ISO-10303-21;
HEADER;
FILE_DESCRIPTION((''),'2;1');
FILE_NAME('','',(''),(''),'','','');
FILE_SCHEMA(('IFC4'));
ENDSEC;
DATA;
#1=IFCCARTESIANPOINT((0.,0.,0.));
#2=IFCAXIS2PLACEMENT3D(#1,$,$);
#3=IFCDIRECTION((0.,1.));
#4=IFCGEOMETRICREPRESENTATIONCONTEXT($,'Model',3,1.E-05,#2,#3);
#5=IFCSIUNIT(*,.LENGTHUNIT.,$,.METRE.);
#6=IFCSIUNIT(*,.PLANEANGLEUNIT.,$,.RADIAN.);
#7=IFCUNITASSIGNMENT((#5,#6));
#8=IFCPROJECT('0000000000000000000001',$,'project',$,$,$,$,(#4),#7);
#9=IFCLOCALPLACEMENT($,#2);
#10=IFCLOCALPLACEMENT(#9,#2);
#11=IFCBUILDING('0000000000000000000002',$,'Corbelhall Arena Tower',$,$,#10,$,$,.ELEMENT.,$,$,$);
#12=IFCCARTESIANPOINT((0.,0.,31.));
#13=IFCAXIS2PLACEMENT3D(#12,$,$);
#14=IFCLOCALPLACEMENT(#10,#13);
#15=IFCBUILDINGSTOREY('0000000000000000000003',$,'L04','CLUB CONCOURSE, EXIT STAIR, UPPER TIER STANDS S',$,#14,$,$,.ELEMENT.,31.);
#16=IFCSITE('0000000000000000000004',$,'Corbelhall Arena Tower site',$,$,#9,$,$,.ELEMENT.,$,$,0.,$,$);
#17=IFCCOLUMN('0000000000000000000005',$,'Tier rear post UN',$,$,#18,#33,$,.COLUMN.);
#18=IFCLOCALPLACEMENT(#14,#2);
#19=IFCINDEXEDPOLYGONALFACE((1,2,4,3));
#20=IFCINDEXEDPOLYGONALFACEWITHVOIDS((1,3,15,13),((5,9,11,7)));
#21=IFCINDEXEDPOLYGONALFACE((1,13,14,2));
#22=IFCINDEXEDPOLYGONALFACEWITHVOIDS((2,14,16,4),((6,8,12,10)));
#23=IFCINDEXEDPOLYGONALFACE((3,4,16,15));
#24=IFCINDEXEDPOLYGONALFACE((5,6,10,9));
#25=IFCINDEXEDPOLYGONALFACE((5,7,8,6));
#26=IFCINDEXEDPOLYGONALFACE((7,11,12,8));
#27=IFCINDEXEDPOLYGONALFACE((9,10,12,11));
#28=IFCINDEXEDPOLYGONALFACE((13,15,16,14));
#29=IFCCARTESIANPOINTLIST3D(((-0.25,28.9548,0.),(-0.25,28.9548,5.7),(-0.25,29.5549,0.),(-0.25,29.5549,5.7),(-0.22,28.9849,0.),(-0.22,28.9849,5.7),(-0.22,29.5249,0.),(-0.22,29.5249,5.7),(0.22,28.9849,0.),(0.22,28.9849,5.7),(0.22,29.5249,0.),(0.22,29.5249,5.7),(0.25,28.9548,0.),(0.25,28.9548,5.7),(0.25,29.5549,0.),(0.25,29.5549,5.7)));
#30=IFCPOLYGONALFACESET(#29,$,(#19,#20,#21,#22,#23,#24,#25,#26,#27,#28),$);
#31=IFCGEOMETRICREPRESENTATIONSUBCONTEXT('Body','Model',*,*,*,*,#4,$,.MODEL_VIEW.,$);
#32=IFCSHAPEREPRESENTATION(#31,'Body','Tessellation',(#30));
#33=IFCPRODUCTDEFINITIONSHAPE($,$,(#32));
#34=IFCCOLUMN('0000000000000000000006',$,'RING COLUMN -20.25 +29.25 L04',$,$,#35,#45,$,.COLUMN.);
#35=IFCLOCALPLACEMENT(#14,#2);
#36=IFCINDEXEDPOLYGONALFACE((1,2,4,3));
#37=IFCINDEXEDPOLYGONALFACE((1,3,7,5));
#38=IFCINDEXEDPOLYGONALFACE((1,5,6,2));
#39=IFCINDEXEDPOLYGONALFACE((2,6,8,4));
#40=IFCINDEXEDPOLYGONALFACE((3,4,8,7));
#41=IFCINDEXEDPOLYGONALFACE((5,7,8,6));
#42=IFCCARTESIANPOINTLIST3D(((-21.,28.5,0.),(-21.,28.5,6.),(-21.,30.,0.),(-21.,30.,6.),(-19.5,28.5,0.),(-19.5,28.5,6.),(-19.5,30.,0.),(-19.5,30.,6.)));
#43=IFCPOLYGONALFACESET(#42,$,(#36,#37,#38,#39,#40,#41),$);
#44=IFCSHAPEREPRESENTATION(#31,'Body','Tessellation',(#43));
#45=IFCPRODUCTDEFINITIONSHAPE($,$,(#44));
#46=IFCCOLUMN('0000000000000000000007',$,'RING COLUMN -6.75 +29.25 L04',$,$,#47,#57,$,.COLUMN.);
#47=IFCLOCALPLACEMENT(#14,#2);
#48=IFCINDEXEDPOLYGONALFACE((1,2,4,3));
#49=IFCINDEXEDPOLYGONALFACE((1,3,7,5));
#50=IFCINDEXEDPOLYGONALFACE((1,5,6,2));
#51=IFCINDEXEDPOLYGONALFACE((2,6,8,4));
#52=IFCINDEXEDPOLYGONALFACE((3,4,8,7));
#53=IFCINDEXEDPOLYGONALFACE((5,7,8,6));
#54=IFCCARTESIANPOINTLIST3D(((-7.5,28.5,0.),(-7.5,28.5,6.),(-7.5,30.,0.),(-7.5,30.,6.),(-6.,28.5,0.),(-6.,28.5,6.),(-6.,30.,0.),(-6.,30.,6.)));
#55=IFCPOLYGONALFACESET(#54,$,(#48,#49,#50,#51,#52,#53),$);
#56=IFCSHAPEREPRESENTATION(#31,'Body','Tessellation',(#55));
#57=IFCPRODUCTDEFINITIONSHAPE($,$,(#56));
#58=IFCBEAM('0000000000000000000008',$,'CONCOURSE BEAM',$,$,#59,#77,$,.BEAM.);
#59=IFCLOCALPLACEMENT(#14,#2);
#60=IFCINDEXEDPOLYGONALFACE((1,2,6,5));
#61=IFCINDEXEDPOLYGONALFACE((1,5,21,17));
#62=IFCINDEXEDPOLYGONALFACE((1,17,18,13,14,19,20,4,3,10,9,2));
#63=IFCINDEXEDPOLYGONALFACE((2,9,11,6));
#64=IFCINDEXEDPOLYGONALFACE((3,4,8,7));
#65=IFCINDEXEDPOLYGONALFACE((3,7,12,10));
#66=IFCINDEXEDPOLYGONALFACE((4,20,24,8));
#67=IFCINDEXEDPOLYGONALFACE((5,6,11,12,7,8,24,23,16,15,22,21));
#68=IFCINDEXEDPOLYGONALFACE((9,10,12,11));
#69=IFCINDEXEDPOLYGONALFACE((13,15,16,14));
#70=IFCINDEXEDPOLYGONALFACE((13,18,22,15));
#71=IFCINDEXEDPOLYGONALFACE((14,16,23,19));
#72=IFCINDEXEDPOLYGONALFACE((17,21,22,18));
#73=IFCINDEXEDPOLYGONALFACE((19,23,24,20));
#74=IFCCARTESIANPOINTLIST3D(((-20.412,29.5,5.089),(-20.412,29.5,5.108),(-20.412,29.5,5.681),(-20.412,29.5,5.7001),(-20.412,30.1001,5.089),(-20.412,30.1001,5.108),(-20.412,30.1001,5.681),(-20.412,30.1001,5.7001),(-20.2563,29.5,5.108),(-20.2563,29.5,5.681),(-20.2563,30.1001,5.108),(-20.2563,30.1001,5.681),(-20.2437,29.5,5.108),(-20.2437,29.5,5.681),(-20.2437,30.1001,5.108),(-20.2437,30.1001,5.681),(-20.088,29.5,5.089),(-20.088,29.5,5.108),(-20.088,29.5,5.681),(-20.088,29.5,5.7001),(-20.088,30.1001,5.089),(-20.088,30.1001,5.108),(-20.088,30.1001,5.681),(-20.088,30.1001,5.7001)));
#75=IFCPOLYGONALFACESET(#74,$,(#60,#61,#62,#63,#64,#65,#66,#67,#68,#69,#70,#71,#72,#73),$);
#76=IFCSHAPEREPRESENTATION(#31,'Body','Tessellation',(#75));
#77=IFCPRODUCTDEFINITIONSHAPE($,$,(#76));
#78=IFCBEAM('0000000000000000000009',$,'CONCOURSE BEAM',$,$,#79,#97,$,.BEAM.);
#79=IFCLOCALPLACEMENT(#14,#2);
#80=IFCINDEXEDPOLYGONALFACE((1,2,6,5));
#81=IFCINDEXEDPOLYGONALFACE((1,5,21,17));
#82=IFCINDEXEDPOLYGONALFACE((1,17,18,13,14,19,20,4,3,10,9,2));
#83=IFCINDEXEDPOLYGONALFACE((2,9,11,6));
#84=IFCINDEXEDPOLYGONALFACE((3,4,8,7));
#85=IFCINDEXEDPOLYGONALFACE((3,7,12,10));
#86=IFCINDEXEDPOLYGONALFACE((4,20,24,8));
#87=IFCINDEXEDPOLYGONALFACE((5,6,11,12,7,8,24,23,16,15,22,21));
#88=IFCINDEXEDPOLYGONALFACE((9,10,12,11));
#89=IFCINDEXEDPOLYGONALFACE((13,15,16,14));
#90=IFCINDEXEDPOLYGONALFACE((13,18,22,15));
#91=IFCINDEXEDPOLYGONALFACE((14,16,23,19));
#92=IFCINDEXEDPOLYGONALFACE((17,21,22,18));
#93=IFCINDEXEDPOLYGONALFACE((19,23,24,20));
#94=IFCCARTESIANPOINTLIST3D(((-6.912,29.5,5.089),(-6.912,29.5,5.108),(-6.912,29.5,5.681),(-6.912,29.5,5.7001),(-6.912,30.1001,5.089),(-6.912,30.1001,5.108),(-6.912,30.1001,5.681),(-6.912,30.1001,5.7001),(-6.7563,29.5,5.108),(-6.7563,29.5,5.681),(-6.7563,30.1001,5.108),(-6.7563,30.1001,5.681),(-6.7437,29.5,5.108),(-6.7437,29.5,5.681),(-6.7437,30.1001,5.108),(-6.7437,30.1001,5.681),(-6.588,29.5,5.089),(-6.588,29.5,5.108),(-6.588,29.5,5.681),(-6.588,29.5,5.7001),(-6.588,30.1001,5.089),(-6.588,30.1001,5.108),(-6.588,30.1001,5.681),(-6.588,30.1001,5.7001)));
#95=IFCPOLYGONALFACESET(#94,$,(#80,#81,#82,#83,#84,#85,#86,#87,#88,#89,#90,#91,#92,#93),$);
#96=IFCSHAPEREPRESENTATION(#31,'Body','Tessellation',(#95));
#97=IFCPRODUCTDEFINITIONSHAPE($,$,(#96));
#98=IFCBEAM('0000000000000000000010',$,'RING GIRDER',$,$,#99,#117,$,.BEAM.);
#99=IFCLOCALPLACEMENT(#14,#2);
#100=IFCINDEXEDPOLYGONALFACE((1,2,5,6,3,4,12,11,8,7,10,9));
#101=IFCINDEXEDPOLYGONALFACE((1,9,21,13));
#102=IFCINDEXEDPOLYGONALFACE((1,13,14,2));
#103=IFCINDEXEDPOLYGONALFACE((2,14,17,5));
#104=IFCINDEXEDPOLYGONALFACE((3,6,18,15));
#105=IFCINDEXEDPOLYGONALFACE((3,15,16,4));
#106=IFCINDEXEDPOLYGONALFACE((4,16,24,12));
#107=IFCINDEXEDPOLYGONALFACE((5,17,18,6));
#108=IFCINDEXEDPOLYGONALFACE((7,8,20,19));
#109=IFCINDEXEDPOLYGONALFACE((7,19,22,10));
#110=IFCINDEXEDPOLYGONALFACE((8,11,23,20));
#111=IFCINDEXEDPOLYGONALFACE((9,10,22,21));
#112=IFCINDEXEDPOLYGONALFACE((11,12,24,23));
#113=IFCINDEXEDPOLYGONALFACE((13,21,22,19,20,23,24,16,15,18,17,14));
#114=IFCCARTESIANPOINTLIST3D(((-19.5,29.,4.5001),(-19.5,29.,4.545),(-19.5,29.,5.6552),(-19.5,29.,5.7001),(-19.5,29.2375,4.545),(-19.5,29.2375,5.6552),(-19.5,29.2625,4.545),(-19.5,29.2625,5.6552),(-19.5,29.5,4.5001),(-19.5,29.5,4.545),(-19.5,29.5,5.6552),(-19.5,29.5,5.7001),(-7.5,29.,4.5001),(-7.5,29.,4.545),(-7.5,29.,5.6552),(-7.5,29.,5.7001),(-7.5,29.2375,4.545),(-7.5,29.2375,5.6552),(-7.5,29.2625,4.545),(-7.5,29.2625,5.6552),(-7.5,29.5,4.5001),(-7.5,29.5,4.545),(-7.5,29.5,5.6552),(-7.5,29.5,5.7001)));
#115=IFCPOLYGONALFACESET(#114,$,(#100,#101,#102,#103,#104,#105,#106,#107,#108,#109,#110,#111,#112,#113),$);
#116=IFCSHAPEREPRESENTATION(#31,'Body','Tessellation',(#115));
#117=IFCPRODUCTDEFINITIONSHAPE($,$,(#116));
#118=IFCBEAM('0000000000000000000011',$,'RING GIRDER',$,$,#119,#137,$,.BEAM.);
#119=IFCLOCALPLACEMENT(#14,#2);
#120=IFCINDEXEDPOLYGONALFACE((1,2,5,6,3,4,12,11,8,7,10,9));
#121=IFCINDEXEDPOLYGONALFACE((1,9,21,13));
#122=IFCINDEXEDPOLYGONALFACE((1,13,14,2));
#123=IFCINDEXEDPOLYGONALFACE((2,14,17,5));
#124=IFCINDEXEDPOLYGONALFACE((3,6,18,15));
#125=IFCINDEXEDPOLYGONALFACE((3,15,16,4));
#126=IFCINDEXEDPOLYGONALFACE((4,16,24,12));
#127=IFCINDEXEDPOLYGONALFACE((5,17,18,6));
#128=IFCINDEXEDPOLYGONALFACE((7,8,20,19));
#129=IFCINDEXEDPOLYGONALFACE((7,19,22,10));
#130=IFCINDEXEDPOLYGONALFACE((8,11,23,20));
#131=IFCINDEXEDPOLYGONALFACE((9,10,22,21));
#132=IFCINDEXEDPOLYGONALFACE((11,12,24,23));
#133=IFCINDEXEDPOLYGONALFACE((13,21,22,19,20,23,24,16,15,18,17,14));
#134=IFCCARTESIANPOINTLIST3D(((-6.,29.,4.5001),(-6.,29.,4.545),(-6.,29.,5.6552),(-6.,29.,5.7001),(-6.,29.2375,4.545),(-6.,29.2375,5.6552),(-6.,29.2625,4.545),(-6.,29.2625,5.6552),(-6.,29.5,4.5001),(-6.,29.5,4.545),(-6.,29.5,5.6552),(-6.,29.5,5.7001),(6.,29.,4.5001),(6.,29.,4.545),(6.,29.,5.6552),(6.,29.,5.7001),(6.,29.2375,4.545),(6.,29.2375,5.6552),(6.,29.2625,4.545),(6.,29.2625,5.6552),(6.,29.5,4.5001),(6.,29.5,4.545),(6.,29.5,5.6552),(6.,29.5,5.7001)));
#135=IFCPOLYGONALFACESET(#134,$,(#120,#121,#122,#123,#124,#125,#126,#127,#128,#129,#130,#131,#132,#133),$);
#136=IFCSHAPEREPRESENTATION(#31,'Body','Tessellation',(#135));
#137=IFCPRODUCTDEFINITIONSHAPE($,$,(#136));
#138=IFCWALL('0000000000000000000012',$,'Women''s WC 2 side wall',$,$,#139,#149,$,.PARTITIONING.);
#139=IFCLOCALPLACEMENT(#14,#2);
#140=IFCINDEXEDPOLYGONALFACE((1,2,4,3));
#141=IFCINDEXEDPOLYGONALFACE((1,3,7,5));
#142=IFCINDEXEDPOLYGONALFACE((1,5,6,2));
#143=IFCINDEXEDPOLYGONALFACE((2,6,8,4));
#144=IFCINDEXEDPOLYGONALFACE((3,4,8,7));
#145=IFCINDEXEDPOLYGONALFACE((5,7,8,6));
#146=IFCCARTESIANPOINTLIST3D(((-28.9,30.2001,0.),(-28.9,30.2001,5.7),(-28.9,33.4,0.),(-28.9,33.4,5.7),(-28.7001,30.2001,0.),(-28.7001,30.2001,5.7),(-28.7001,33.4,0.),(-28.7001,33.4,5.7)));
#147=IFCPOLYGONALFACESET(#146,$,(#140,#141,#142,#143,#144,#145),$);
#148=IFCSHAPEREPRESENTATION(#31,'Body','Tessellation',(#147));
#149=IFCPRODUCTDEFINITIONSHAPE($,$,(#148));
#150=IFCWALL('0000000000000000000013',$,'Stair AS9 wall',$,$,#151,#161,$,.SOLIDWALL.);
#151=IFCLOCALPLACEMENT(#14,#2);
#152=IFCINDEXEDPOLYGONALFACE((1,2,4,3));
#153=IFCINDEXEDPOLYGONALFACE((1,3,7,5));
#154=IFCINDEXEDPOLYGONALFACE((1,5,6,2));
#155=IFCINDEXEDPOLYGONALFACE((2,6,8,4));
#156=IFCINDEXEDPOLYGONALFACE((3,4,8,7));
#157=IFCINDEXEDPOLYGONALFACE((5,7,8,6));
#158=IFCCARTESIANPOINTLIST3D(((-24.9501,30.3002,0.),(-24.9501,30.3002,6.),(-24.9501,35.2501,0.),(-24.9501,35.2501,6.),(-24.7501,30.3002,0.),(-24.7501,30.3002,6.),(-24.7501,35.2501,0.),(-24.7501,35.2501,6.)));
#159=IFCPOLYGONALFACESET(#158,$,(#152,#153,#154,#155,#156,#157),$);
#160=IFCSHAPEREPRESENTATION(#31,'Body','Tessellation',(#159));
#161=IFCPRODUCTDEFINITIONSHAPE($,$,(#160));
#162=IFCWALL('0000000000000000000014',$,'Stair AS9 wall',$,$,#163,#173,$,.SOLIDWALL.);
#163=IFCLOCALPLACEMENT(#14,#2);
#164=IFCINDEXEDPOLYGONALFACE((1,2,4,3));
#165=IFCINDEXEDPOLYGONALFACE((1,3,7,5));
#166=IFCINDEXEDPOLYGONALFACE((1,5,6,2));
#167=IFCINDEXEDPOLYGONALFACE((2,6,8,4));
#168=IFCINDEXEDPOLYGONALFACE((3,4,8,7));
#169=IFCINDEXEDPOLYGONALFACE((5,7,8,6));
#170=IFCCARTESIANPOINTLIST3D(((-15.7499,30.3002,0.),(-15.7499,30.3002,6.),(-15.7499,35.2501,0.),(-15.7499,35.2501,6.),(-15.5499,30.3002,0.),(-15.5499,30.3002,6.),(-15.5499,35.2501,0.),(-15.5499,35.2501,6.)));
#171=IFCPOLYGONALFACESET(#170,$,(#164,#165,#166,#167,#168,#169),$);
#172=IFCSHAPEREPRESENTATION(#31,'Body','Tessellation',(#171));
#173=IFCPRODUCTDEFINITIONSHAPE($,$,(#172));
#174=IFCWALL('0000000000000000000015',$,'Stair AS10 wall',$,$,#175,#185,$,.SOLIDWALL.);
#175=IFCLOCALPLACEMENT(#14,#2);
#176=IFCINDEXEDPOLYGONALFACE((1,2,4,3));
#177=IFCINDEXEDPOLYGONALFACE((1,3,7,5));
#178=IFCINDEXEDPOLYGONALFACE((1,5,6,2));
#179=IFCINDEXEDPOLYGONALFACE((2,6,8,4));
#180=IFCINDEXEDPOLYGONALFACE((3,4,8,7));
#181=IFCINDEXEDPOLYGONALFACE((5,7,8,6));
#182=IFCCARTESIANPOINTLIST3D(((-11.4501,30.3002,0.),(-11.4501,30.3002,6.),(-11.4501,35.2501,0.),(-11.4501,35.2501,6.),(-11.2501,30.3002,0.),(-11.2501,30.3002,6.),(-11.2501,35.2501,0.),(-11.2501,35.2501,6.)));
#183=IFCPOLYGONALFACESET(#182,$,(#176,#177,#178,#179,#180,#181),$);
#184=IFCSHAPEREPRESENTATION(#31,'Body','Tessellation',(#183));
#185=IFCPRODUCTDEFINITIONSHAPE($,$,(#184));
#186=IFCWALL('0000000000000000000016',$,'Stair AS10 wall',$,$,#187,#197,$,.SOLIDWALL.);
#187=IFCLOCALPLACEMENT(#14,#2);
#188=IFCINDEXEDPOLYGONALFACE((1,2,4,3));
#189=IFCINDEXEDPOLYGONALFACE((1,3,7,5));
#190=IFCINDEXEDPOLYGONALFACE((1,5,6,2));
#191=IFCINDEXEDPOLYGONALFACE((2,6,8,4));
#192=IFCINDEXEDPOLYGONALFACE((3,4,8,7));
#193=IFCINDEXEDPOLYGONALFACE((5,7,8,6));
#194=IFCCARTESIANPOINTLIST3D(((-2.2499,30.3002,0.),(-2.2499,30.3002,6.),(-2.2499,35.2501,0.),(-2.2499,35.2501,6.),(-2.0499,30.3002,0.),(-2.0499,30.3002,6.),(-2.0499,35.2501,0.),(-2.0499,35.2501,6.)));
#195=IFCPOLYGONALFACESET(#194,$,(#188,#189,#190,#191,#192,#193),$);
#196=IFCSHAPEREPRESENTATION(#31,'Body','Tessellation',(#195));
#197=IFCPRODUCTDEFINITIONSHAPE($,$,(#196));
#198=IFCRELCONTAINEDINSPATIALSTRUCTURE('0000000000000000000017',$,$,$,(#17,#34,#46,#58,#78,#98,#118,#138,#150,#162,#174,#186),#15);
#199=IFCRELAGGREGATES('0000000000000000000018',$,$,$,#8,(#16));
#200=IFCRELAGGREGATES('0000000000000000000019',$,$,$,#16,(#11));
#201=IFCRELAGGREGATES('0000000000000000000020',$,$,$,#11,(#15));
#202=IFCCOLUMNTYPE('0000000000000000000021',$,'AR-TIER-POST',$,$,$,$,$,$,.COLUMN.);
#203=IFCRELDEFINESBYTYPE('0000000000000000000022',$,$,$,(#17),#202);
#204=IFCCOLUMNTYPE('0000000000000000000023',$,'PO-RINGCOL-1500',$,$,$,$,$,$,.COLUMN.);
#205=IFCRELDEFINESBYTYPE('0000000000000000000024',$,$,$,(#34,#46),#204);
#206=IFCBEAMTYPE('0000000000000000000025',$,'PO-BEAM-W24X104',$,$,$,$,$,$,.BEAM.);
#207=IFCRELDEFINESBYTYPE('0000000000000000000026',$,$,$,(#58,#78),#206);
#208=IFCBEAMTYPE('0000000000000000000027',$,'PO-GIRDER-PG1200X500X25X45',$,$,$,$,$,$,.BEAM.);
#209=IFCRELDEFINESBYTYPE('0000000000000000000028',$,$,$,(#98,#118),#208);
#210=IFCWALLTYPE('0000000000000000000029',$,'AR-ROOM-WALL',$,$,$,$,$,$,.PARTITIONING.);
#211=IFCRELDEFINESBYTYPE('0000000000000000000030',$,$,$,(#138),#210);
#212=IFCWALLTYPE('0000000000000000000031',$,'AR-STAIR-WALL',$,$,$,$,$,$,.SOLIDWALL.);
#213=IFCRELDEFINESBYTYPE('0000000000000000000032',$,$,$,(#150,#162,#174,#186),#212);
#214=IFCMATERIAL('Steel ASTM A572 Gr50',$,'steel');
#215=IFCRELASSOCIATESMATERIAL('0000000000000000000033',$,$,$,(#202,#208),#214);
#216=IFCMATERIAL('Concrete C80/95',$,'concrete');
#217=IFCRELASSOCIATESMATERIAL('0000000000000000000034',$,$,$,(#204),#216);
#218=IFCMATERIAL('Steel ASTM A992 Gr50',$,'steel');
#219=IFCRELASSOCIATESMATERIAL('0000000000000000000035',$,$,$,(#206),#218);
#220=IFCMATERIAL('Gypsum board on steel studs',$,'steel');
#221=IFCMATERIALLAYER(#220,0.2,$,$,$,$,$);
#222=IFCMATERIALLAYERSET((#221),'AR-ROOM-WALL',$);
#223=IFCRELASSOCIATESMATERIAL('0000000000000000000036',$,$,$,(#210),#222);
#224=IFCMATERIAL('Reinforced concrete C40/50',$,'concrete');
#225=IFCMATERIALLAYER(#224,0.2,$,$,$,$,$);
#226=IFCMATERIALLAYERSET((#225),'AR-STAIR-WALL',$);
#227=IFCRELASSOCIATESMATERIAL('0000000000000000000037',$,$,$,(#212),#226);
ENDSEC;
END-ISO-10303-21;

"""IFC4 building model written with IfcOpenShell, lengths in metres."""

from ifc_helpers import new_model, si_unit, direction, frame, frame_2d, origin, origin_2d, place, context, subcontext, project, spatial, rectangle, hollow_rectangle, i_section, extrude, material, layer, layer_set, material_profile, profile_set, type_object, element, save


model = new_model("IFC4")

# Units and contexts
model_context = context("Model", 3, precision=1e-05, world=origin(), true_north=direction((0.0, 1.0)))
body_context = subcontext(model_context, "Body", "Model", "MODEL_VIEW")
ifc_project = project(units=[si_unit("LENGTHUNIT", "METRE"), si_unit("PLANEANGLEUNIT", "RADIAN")], contexts=[model_context])

# Site, building, storey
site_placement = place(None, origin())
site = spatial("IfcSite", under=ifc_project, at=site_placement, Name="Corbelhall Arena Tower site", CompositionType="ELEMENT", RefElevation=0.0)
building_placement = place(site_placement, origin())
building = spatial("IfcBuilding", under=site, at=building_placement, Name="Corbelhall Arena Tower", CompositionType="ELEMENT")
storey_placement = place(building_placement, frame((0.0, 0.0, 31.0)))
storey = spatial("IfcBuildingStorey", under=building, at=storey_placement, Name="L04", Description="CLUB CONCOURSE, EXIT STAIR, UPPER TIER STANDS S", CompositionType="ELEMENT", Elevation=31.0)

# Columns
ifc_material_1 = material(Name="Steel ASTM A572 Gr50", Category="steel")
ifc_material_profile_1 = material_profile(ifc_material_1, hollow_rectangle(XDim=0.5, YDim=0.6001, WallThickness=0.03, at=origin_2d()))
ifc_profile_set_1 = profile_set([ifc_material_profile_1], Name="Steel ASTM A572 Gr50")
column_type_1 = type_object("IfcColumnType", Name="AR-TIER-POST", PredefinedType="COLUMN", material=ifc_profile_set_1)
column_placement = place(storey_placement, frame((0.0, 29.2549, 0.0), z_axis=(0.0, 0.0, 1.0), x_axis=(1.0, 0.0, 0.0)))
element("IfcColumn", 1, at=column_placement, inside=storey, type_object=column_type_1, Name="Tier rear post UN", PredefinedType="COLUMN", context=body_context, shape_type="SweptSolid", body=[
    extrude(hollow_rectangle(XDim=0.5, YDim=0.6001, WallThickness=0.03, at=origin_2d()), origin(), (0.0, 0.0, 1.0), 5.7),
])
ifc_material_2 = material(Name="Concrete C80/95", Category="concrete")
ifc_material_profile_2 = material_profile(ifc_material_2, rectangle(XDim=1.5, YDim=1.5, at=origin_2d()))
ifc_profile_set_2 = profile_set([ifc_material_profile_2], Name="Concrete C80/95")
column_type_2 = type_object("IfcColumnType", Name="PO-RINGCOL-1500", PredefinedType="COLUMN", material=ifc_profile_set_2)
for number, where, z_axis, x_axis, name in (
    (2, (-20.25, 29.25, 0.0), (0.0, 0.0, 1.0), (1.0, 0.0, 0.0), "RING COLUMN -20.25 +29.25 L04"),
    (3, (-6.75, 29.25, 0.0), (0.0, 0.0, 1.0), (1.0, 0.0, 0.0), "RING COLUMN -6.75 +29.25 L04"),
):
    element("IfcColumn", number, at=place(storey_placement, frame(where, z_axis=z_axis, x_axis=x_axis)), inside=storey, type_object=column_type_2, Name=name, PredefinedType="COLUMN", context=body_context, shape_type="SweptSolid", body=[
        extrude(rectangle(XDim=1.5, YDim=1.5, at=origin_2d()), origin(), (0.0, 0.0, 1.0), 6.0),
    ])

# Beams
ifc_material_3 = material(Name="Steel ASTM A992 Gr50", Category="steel")
ifc_material_profile_3 = material_profile(ifc_material_3, i_section(OverallWidth=0.324, OverallDepth=0.6111, WebThickness=0.0127, FlangeThickness=0.019, at=origin_2d()))
ifc_profile_set_3 = profile_set([ifc_material_profile_3], Name="Steel ASTM A992 Gr50")
beam_type_1 = type_object("IfcBeamType", Name="PO-BEAM-W24X104", PredefinedType="BEAM", material=ifc_profile_set_3)
for number, where, z_axis, x_axis, name in (
    (4, (-20.25, 29.5, 5.3945), (0.0, 1.0, 0.0), (-1.0, 0.0, 0.0), "CONCOURSE BEAM"),
    (5, (-6.75, 29.5, 5.3945), (0.0, 1.0, 0.0), (-1.0, 0.0, 0.0), "CONCOURSE BEAM"),
):
    element("IfcBeam", number, at=place(storey_placement, frame(where, z_axis=z_axis, x_axis=x_axis)), inside=storey, type_object=beam_type_1, Name=name, PredefinedType="BEAM", context=body_context, shape_type="SweptSolid", body=[
        extrude(i_section(OverallWidth=0.324, OverallDepth=0.6111, WebThickness=0.0127, FlangeThickness=0.019, at=origin_2d()), origin(), (0.0, 0.0, 1.0), 0.6001),
    ])
ifc_material_profile_4 = material_profile(ifc_material_1, i_section(OverallWidth=0.5, OverallDepth=1.2, WebThickness=0.0249, FlangeThickness=0.0449, at=origin_2d()))
ifc_profile_set_4 = profile_set([ifc_material_profile_4], Name="Steel ASTM A572 Gr50")
beam_type_2 = type_object("IfcBeamType", Name="PO-GIRDER-PG1200X500X25X45", PredefinedType="BEAM", material=ifc_profile_set_4)
for number, where, z_axis, x_axis, name in (
    (6, (-19.5, 29.25, 5.1001), (1.0, 0.0, 0.0), (0.0, 1.0, 0.0), "RING GIRDER"),
    (7, (-6.0, 29.25, 5.1001), (1.0, 0.0, 0.0), (0.0, 1.0, 0.0), "RING GIRDER"),
):
    element("IfcBeam", number, at=place(storey_placement, frame(where, z_axis=z_axis, x_axis=x_axis)), inside=storey, type_object=beam_type_2, Name=name, PredefinedType="BEAM", context=body_context, shape_type="SweptSolid", body=[
        extrude(i_section(OverallWidth=0.5, OverallDepth=1.2, WebThickness=0.0249, FlangeThickness=0.0449, at=origin_2d()), origin(), (0.0, 0.0, 1.0), 12.0),
    ])

# Wall
ifc_material_4 = material(Name="Gypsum board on steel studs", Category="steel")
ifc_layer_1 = layer(ifc_material_4, 0.2)
ifc_layer_set_1 = layer_set([ifc_layer_1], Name="AR-ROOM-WALL")
wall_type_1 = type_object("IfcWallType", Name="AR-ROOM-WALL", PredefinedType="PARTITIONING", material=ifc_layer_set_1)
wall_1_placement = place(storey_placement, frame((-28.8, 30.2, 0.0), z_axis=(0.0, 0.0, 1.0), x_axis=(0.0, 1.0, 0.0)))
element("IfcWall", 8, at=wall_1_placement, inside=storey, type_object=wall_type_1, Name="Women's WC 2 side wall", PredefinedType="PARTITIONING", context=body_context, shape_type="SweptSolid", body=[
    extrude(rectangle(XDim=3.2, YDim=0.2, at=frame_2d((1.6001, 0.0))), origin(), (0.0, 0.0, 1.0), 5.7),
])

# Shared definitions
ifc_material_5 = material(Name="Reinforced concrete C40/50", Category="concrete")
ifc_layer_2 = layer(ifc_material_5, 0.2)
ifc_layer_set_2 = layer_set([ifc_layer_2], Name="AR-STAIR-WALL")
wall_type_2 = type_object("IfcWallType", Name="AR-STAIR-WALL", PredefinedType="SOLIDWALL", material=ifc_layer_set_2)

# Walls
for number, where, z_axis, x_axis, name in (
    (9, (-24.8501, 30.3, 0.0), (0.0, 0.0, 1.0), (0.0, 1.0, 0.0), "Stair AS9 wall"),
    (10, (-15.6499, 30.3, 0.0), (0.0, 0.0, 1.0), (0.0, 1.0, 0.0), "Stair AS9 wall"),
):
    element("IfcWall", number, at=place(storey_placement, frame(where, z_axis=z_axis, x_axis=x_axis)), inside=storey, type_object=wall_type_2, Name=name, PredefinedType="SOLIDWALL", context=body_context, shape_type="SweptSolid", body=[
        extrude(rectangle(XDim=4.95, YDim=0.2, at=frame_2d((2.4751, 0.0))), origin(), (0.0, 0.0, 1.0), 6.0),
    ])

# Walls
for number, where, z_axis, x_axis, name in (
    (11, (-11.3501, 30.3, 0.0), (0.0, 0.0, 1.0), (0.0, 1.0, 0.0), "Stair AS10 wall"),
    (12, (-2.1499, 30.3, 0.0), (0.0, 0.0, 1.0), (0.0, 1.0, 0.0), "Stair AS10 wall"),
):
    element("IfcWall", number, at=place(storey_placement, frame(where, z_axis=z_axis, x_axis=x_axis)), inside=storey, type_object=wall_type_2, Name=name, PredefinedType="SOLIDWALL", context=body_context, shape_type="SweptSolid", body=[
        extrude(rectangle(XDim=4.95, YDim=0.2, at=frame_2d((2.4751, 0.0))), origin(), (0.0, 0.0, 1.0), 6.0),
    ])

save(model, "model.ifc")
